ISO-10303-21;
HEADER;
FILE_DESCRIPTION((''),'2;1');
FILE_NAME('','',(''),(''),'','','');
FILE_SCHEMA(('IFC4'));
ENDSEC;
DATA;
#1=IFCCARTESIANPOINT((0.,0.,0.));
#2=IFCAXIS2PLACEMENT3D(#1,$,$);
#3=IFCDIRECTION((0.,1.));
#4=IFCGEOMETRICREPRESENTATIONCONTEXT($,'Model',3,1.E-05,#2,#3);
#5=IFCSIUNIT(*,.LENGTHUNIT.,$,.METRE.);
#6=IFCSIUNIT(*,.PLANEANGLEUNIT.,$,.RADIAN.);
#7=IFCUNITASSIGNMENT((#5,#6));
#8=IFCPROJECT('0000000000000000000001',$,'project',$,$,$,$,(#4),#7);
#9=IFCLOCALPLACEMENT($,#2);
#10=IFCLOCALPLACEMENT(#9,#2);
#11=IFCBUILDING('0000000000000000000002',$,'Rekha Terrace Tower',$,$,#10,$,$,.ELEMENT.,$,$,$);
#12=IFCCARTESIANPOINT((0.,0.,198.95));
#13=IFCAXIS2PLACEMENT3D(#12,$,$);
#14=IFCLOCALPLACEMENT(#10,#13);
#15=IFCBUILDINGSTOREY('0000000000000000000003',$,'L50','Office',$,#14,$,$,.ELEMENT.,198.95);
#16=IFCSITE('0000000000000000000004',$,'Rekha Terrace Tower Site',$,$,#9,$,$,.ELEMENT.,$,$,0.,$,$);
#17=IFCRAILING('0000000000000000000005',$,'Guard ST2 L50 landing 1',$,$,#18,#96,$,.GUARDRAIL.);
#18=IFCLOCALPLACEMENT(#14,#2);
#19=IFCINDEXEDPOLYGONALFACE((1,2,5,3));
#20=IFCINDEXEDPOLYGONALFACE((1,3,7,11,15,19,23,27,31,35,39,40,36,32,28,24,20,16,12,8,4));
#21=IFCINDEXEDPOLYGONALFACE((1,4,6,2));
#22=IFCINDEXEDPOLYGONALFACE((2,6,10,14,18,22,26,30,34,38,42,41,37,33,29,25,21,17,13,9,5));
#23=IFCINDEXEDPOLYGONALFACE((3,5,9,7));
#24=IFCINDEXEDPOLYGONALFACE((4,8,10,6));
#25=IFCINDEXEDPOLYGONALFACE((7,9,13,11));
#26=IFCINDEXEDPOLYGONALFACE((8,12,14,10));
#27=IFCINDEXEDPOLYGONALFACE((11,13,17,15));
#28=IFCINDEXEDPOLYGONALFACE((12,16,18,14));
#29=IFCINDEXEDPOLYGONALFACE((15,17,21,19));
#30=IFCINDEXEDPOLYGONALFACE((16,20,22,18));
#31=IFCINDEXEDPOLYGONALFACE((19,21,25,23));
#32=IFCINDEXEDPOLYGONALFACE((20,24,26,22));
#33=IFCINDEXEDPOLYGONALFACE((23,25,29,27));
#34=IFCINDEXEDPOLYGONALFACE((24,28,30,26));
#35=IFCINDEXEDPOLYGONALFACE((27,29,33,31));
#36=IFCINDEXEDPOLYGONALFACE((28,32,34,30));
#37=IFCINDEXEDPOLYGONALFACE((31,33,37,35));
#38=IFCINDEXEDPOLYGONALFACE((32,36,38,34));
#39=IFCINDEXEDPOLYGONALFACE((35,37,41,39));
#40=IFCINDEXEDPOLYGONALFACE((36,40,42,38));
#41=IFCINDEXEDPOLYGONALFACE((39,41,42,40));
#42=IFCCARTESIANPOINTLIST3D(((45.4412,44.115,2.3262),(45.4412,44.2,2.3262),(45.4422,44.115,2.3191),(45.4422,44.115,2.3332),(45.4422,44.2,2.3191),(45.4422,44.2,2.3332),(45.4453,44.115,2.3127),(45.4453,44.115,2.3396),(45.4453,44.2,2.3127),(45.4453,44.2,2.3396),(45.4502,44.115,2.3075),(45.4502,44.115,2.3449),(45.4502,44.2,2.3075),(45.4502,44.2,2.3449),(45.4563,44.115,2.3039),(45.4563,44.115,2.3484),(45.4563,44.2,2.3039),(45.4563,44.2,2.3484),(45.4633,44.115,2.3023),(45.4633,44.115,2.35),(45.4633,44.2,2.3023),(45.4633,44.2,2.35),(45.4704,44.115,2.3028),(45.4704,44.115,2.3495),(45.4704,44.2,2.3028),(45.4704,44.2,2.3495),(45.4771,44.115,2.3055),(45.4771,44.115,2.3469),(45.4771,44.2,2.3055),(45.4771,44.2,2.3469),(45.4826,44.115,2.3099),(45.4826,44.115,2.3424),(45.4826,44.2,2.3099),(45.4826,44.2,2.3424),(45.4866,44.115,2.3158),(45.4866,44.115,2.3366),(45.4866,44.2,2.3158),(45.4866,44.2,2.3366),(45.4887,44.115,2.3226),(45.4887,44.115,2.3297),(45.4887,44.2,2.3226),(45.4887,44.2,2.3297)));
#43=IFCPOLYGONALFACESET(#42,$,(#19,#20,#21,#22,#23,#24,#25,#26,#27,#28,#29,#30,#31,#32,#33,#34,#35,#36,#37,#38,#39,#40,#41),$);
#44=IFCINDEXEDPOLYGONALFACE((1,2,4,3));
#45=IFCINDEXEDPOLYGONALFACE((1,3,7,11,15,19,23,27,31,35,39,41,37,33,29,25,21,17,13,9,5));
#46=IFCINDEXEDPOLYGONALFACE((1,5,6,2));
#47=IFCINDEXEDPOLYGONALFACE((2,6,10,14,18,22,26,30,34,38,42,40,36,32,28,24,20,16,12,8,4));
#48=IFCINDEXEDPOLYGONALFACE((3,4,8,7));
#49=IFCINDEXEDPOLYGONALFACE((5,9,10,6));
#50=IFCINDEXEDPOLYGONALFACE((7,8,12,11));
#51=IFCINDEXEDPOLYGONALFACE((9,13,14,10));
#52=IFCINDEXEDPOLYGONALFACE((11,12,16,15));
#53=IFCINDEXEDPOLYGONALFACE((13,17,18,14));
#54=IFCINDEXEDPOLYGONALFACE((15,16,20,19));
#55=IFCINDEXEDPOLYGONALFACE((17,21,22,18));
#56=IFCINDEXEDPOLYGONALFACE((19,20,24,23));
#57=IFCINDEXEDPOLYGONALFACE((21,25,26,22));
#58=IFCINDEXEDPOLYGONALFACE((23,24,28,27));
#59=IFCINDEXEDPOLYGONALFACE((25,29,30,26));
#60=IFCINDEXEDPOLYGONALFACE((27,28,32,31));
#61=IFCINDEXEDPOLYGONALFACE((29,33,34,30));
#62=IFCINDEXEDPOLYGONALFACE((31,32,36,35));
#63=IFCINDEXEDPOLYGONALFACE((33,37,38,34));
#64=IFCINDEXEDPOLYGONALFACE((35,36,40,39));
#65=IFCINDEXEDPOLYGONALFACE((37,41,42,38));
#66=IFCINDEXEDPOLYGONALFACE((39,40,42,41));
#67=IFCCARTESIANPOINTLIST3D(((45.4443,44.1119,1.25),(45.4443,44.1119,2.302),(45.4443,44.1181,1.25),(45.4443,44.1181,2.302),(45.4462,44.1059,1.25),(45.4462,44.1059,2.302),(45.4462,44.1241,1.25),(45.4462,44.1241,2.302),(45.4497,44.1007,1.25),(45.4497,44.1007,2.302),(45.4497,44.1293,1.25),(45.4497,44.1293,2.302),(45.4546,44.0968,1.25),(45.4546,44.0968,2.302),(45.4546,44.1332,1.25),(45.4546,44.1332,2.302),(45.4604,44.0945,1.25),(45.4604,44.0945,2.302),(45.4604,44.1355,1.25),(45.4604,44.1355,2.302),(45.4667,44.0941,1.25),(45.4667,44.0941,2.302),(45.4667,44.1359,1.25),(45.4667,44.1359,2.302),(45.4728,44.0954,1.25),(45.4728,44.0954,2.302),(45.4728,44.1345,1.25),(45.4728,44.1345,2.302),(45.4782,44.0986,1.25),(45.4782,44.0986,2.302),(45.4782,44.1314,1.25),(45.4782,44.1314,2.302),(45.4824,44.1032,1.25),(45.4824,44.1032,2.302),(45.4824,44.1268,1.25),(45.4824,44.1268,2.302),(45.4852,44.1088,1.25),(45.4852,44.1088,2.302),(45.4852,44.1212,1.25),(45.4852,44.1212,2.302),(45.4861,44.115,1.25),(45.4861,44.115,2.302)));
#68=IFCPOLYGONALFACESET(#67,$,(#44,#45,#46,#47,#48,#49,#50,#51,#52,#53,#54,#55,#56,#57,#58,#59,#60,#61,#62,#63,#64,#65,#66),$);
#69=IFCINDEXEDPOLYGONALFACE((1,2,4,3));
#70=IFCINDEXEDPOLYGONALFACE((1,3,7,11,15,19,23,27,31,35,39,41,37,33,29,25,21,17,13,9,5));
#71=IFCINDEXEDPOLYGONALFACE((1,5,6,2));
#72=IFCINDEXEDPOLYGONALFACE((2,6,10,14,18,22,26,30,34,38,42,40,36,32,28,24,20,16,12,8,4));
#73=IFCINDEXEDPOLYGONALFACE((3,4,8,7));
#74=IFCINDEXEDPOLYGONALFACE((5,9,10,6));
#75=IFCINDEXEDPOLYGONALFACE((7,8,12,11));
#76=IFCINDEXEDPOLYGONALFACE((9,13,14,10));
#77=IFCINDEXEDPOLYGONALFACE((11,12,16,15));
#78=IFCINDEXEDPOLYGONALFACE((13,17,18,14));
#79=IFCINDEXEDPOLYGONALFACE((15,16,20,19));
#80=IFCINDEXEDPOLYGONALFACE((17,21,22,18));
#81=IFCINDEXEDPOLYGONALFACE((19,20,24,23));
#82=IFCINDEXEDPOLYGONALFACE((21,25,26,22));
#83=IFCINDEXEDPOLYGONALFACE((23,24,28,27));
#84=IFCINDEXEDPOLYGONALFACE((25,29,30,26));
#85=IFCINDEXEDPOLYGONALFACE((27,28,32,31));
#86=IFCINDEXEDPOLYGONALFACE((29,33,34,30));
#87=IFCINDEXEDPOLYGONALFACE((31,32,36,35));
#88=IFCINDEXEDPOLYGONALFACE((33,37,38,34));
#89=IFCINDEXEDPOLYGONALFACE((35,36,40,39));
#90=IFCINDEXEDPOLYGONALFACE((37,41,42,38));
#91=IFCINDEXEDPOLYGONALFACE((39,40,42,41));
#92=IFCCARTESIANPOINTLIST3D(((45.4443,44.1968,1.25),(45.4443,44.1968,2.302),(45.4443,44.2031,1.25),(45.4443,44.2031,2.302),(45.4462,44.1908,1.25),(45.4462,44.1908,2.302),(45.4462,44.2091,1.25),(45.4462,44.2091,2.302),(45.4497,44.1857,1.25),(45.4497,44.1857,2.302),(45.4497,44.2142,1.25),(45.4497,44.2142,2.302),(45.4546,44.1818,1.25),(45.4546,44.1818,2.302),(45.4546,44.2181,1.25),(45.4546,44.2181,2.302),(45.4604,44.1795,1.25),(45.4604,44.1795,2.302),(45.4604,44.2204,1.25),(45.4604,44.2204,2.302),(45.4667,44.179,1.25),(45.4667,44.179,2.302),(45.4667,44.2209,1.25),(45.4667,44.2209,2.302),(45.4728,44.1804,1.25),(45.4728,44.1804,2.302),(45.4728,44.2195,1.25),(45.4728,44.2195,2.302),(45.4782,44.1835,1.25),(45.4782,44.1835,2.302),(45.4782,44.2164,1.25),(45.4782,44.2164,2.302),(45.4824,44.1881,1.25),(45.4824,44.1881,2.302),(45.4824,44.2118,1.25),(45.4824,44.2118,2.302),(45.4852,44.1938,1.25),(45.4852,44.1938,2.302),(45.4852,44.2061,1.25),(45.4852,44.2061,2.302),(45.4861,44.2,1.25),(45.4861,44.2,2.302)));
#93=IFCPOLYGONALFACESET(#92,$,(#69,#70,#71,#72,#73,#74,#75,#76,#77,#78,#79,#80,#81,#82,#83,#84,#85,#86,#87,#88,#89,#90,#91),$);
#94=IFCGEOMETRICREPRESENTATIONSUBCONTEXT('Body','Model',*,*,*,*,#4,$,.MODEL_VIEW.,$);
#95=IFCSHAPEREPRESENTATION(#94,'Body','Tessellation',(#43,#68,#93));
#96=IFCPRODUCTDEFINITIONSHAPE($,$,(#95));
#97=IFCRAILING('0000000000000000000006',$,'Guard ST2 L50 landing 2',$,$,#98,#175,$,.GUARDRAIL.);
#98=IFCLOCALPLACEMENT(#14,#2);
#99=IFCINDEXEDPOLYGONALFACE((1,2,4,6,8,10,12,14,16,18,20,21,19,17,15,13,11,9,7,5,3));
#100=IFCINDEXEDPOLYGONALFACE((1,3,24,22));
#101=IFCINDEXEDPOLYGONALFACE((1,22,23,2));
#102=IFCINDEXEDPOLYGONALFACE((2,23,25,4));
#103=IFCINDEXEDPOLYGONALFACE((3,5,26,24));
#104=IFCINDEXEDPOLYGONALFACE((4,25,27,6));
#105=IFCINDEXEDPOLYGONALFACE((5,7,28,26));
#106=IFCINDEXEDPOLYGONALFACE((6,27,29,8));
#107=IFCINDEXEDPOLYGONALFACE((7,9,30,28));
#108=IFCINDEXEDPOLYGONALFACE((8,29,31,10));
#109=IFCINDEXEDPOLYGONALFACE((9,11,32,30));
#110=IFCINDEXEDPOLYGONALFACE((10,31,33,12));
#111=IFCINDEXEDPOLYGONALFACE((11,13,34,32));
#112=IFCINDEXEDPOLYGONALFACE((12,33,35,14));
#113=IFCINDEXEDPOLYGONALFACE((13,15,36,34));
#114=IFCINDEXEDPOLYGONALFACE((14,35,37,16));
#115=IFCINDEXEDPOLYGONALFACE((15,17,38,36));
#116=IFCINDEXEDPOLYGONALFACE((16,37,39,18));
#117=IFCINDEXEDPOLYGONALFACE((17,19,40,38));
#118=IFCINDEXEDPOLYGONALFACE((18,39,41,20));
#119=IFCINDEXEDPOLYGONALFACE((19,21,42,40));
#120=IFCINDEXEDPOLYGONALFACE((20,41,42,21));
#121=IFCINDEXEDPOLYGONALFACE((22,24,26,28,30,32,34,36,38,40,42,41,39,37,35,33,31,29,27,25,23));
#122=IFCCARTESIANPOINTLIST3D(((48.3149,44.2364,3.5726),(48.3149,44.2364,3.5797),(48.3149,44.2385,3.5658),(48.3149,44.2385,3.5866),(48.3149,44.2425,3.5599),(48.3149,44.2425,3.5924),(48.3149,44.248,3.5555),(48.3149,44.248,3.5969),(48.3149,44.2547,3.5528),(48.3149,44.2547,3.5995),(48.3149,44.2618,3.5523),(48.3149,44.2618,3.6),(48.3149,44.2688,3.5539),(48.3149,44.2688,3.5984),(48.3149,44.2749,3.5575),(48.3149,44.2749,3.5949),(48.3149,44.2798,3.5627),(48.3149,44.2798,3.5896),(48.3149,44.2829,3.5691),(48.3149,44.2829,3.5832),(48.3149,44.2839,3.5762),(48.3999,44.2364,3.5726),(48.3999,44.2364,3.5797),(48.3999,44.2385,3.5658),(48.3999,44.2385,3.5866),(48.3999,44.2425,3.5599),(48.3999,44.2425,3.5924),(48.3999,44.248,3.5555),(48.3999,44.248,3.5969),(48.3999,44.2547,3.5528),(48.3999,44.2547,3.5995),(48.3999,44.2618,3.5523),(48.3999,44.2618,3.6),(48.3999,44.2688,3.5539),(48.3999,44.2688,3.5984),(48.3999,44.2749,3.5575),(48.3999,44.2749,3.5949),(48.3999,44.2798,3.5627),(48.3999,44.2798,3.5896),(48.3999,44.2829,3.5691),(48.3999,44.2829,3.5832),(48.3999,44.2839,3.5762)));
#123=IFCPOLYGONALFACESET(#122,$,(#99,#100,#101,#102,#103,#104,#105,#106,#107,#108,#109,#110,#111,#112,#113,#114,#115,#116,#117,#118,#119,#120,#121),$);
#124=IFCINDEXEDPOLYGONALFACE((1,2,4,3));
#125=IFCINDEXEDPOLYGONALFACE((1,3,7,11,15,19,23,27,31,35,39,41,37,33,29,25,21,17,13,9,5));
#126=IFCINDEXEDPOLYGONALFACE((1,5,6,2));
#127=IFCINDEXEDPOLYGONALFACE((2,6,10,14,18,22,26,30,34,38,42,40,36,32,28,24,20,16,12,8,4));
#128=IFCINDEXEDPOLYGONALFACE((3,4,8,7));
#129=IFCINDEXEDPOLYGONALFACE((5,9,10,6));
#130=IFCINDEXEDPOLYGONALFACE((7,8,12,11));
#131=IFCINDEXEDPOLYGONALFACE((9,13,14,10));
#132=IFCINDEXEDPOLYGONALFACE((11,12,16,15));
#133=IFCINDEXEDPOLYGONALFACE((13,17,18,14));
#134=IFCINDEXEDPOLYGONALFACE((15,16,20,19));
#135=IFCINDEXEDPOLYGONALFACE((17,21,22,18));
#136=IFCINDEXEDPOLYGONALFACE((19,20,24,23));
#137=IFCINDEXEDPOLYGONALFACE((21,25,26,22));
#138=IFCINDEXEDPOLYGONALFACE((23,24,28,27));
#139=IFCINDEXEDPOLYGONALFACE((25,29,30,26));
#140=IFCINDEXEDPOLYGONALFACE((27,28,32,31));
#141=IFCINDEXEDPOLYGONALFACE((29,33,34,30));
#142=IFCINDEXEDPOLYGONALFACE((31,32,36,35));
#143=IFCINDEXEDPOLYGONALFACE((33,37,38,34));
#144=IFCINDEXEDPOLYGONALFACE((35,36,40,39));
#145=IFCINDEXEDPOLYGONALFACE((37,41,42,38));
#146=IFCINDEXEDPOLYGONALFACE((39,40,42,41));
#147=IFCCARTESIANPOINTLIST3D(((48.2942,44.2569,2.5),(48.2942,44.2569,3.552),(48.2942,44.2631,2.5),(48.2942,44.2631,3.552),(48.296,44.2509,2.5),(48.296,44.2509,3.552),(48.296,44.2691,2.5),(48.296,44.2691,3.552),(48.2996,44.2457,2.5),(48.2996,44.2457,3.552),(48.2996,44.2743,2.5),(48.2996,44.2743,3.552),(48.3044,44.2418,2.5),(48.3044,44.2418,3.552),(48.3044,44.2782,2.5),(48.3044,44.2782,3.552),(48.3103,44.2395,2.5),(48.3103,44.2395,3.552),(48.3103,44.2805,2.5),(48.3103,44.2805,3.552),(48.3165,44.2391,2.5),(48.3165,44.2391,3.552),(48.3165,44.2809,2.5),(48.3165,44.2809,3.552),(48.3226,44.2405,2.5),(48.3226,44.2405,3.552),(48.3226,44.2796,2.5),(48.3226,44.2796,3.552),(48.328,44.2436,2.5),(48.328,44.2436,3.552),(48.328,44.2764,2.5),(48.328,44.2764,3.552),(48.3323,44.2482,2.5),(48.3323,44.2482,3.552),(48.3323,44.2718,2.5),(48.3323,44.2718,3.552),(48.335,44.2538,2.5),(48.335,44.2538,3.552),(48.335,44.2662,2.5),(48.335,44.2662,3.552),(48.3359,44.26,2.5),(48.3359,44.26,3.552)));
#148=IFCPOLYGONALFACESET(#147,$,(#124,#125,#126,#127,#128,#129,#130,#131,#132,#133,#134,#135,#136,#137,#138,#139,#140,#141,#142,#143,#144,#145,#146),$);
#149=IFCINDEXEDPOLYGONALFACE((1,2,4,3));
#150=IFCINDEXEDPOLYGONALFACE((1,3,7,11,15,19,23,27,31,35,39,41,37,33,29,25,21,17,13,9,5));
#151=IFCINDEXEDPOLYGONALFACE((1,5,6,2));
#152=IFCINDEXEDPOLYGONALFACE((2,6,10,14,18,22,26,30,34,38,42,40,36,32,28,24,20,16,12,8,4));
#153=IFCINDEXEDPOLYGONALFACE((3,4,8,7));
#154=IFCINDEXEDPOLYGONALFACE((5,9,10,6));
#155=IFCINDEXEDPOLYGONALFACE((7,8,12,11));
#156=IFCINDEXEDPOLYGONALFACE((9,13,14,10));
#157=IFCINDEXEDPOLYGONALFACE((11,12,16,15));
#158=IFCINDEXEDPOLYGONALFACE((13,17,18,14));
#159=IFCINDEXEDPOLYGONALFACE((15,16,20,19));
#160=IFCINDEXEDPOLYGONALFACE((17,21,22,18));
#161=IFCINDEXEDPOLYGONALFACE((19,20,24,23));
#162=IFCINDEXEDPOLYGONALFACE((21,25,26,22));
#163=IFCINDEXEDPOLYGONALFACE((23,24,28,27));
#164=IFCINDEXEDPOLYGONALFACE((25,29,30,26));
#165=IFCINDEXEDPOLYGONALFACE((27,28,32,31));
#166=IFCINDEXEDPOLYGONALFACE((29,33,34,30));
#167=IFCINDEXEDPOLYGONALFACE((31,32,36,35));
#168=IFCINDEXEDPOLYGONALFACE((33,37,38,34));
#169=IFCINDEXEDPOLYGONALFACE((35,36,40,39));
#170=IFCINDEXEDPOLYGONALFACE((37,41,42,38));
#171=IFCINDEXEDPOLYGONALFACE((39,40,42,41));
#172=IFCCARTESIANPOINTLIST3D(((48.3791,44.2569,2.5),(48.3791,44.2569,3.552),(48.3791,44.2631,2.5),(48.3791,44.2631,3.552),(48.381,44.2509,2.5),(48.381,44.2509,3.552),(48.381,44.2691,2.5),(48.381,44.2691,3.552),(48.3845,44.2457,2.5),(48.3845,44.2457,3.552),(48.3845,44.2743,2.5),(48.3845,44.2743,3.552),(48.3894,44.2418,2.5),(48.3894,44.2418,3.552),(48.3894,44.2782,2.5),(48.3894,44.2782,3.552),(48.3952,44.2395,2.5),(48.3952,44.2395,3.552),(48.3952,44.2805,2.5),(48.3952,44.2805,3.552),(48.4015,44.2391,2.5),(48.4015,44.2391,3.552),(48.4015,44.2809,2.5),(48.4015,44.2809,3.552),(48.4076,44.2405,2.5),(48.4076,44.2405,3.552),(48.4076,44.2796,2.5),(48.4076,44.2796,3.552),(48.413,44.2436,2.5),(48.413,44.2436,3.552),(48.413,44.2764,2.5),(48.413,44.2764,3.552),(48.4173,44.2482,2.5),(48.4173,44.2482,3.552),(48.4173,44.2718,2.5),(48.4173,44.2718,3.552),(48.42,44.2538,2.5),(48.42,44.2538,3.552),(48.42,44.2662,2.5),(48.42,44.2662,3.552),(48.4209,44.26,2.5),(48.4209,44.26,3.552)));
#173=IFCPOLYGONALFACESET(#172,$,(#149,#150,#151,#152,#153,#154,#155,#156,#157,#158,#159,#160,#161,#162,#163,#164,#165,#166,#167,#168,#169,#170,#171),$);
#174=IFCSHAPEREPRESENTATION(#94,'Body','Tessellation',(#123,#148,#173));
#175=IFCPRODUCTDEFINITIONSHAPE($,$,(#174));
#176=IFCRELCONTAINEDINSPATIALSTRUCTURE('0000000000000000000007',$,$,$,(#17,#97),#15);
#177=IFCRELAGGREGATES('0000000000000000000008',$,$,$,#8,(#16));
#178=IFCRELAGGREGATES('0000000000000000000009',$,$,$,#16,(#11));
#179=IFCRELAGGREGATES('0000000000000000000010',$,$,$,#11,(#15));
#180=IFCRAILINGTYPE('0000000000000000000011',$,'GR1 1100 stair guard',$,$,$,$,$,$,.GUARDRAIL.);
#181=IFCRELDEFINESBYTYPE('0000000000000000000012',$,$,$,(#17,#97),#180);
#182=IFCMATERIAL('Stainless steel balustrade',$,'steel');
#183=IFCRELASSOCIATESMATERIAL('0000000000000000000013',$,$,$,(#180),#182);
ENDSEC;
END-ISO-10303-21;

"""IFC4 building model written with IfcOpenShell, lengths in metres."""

from ifc_helpers import new_model, si_unit, direction, frame, origin, origin_2d, place, context, subcontext, project, spatial, circle, extrude, material, type_object, element, save


model = new_model("IFC4")

# Units and contexts
model_context = context("Model", 3, precision=1e-05, world=origin(), true_north=direction((0.0, 1.0)))
body_context = subcontext(model_context, "Body", "Model", "MODEL_VIEW")
ifc_project = project(units=[si_unit("LENGTHUNIT", "METRE"), si_unit("PLANEANGLEUNIT", "RADIAN")], contexts=[model_context])

# Site, building, storey
site_placement = place(None, origin())
site = spatial("IfcSite", under=ifc_project, at=site_placement, Name="Rekha Terrace Tower Site", CompositionType="ELEMENT", RefElevation=0.0)
building_placement = place(site_placement, origin())
building = spatial("IfcBuilding", under=site, at=building_placement, Name="Rekha Terrace Tower", CompositionType="ELEMENT")
storey_placement = place(building_placement, frame((0.0, 0.0, 198.95)))
storey = spatial("IfcBuildingStorey", under=building, at=storey_placement, Name="L50", Description="Office", CompositionType="ELEMENT", Elevation=198.95)

# Railings
ifc_material_1 = material(Name="Stainless steel balustrade", Category="steel")
railing_type_1 = type_object("IfcRailingType", Name="GR1 1100 stair guard", PredefinedType="GUARDRAIL", material=ifc_material_1)
railing_1_placement = place(storey_placement, frame((45.4651, 44.115, 1.25)))
element("IfcRailing", 1, at=railing_1_placement, inside=storey, type_object=railing_type_1, Name="Guard ST2 L50 landing 1", PredefinedType="GUARDRAIL", context=body_context, shape_type="SweptSolid", body=[
    extrude(circle(Radius=0.0239, at=origin_2d()), frame((0.0, 0.0, 1.0762), z_axis=(0.0, 1.0, 0.0), x_axis=(-1.0, 0.0, 0.0)), (0.0, 0.0, 1.0), 0.085),
    extrude(circle(Radius=0.021, at=origin_2d()), origin(), (0.0, 0.0, 1.0), 1.052),
    extrude(circle(Radius=0.021, at=origin_2d()), frame((0.0, 0.085, 0.0)), (0.0, 0.0, 1.0), 1.052),
])
railing_2_placement = place(storey_placement, frame((48.3149, 44.26, 2.5)))
element("IfcRailing", 2, at=railing_2_placement, inside=storey, type_object=railing_type_1, Name="Guard ST2 L50 landing 2", PredefinedType="GUARDRAIL", context=body_context, shape_type="SweptSolid", body=[
    extrude(circle(Radius=0.0239, at=origin_2d()), frame((0.0, 0.0, 1.0762), z_axis=(1.0, 0.0, 0.0), x_axis=(0.0, 1.0, 0.0)), (0.0, 0.0, 1.0), 0.085),
    extrude(circle(Radius=0.021, at=origin_2d()), origin(), (0.0, 0.0, 1.0), 1.052),
    extrude(circle(Radius=0.021, at=origin_2d()), frame((0.085, 0.0, 0.0)), (0.0, 0.0, 1.0), 1.052),
])

save(model, "model.ifc")
